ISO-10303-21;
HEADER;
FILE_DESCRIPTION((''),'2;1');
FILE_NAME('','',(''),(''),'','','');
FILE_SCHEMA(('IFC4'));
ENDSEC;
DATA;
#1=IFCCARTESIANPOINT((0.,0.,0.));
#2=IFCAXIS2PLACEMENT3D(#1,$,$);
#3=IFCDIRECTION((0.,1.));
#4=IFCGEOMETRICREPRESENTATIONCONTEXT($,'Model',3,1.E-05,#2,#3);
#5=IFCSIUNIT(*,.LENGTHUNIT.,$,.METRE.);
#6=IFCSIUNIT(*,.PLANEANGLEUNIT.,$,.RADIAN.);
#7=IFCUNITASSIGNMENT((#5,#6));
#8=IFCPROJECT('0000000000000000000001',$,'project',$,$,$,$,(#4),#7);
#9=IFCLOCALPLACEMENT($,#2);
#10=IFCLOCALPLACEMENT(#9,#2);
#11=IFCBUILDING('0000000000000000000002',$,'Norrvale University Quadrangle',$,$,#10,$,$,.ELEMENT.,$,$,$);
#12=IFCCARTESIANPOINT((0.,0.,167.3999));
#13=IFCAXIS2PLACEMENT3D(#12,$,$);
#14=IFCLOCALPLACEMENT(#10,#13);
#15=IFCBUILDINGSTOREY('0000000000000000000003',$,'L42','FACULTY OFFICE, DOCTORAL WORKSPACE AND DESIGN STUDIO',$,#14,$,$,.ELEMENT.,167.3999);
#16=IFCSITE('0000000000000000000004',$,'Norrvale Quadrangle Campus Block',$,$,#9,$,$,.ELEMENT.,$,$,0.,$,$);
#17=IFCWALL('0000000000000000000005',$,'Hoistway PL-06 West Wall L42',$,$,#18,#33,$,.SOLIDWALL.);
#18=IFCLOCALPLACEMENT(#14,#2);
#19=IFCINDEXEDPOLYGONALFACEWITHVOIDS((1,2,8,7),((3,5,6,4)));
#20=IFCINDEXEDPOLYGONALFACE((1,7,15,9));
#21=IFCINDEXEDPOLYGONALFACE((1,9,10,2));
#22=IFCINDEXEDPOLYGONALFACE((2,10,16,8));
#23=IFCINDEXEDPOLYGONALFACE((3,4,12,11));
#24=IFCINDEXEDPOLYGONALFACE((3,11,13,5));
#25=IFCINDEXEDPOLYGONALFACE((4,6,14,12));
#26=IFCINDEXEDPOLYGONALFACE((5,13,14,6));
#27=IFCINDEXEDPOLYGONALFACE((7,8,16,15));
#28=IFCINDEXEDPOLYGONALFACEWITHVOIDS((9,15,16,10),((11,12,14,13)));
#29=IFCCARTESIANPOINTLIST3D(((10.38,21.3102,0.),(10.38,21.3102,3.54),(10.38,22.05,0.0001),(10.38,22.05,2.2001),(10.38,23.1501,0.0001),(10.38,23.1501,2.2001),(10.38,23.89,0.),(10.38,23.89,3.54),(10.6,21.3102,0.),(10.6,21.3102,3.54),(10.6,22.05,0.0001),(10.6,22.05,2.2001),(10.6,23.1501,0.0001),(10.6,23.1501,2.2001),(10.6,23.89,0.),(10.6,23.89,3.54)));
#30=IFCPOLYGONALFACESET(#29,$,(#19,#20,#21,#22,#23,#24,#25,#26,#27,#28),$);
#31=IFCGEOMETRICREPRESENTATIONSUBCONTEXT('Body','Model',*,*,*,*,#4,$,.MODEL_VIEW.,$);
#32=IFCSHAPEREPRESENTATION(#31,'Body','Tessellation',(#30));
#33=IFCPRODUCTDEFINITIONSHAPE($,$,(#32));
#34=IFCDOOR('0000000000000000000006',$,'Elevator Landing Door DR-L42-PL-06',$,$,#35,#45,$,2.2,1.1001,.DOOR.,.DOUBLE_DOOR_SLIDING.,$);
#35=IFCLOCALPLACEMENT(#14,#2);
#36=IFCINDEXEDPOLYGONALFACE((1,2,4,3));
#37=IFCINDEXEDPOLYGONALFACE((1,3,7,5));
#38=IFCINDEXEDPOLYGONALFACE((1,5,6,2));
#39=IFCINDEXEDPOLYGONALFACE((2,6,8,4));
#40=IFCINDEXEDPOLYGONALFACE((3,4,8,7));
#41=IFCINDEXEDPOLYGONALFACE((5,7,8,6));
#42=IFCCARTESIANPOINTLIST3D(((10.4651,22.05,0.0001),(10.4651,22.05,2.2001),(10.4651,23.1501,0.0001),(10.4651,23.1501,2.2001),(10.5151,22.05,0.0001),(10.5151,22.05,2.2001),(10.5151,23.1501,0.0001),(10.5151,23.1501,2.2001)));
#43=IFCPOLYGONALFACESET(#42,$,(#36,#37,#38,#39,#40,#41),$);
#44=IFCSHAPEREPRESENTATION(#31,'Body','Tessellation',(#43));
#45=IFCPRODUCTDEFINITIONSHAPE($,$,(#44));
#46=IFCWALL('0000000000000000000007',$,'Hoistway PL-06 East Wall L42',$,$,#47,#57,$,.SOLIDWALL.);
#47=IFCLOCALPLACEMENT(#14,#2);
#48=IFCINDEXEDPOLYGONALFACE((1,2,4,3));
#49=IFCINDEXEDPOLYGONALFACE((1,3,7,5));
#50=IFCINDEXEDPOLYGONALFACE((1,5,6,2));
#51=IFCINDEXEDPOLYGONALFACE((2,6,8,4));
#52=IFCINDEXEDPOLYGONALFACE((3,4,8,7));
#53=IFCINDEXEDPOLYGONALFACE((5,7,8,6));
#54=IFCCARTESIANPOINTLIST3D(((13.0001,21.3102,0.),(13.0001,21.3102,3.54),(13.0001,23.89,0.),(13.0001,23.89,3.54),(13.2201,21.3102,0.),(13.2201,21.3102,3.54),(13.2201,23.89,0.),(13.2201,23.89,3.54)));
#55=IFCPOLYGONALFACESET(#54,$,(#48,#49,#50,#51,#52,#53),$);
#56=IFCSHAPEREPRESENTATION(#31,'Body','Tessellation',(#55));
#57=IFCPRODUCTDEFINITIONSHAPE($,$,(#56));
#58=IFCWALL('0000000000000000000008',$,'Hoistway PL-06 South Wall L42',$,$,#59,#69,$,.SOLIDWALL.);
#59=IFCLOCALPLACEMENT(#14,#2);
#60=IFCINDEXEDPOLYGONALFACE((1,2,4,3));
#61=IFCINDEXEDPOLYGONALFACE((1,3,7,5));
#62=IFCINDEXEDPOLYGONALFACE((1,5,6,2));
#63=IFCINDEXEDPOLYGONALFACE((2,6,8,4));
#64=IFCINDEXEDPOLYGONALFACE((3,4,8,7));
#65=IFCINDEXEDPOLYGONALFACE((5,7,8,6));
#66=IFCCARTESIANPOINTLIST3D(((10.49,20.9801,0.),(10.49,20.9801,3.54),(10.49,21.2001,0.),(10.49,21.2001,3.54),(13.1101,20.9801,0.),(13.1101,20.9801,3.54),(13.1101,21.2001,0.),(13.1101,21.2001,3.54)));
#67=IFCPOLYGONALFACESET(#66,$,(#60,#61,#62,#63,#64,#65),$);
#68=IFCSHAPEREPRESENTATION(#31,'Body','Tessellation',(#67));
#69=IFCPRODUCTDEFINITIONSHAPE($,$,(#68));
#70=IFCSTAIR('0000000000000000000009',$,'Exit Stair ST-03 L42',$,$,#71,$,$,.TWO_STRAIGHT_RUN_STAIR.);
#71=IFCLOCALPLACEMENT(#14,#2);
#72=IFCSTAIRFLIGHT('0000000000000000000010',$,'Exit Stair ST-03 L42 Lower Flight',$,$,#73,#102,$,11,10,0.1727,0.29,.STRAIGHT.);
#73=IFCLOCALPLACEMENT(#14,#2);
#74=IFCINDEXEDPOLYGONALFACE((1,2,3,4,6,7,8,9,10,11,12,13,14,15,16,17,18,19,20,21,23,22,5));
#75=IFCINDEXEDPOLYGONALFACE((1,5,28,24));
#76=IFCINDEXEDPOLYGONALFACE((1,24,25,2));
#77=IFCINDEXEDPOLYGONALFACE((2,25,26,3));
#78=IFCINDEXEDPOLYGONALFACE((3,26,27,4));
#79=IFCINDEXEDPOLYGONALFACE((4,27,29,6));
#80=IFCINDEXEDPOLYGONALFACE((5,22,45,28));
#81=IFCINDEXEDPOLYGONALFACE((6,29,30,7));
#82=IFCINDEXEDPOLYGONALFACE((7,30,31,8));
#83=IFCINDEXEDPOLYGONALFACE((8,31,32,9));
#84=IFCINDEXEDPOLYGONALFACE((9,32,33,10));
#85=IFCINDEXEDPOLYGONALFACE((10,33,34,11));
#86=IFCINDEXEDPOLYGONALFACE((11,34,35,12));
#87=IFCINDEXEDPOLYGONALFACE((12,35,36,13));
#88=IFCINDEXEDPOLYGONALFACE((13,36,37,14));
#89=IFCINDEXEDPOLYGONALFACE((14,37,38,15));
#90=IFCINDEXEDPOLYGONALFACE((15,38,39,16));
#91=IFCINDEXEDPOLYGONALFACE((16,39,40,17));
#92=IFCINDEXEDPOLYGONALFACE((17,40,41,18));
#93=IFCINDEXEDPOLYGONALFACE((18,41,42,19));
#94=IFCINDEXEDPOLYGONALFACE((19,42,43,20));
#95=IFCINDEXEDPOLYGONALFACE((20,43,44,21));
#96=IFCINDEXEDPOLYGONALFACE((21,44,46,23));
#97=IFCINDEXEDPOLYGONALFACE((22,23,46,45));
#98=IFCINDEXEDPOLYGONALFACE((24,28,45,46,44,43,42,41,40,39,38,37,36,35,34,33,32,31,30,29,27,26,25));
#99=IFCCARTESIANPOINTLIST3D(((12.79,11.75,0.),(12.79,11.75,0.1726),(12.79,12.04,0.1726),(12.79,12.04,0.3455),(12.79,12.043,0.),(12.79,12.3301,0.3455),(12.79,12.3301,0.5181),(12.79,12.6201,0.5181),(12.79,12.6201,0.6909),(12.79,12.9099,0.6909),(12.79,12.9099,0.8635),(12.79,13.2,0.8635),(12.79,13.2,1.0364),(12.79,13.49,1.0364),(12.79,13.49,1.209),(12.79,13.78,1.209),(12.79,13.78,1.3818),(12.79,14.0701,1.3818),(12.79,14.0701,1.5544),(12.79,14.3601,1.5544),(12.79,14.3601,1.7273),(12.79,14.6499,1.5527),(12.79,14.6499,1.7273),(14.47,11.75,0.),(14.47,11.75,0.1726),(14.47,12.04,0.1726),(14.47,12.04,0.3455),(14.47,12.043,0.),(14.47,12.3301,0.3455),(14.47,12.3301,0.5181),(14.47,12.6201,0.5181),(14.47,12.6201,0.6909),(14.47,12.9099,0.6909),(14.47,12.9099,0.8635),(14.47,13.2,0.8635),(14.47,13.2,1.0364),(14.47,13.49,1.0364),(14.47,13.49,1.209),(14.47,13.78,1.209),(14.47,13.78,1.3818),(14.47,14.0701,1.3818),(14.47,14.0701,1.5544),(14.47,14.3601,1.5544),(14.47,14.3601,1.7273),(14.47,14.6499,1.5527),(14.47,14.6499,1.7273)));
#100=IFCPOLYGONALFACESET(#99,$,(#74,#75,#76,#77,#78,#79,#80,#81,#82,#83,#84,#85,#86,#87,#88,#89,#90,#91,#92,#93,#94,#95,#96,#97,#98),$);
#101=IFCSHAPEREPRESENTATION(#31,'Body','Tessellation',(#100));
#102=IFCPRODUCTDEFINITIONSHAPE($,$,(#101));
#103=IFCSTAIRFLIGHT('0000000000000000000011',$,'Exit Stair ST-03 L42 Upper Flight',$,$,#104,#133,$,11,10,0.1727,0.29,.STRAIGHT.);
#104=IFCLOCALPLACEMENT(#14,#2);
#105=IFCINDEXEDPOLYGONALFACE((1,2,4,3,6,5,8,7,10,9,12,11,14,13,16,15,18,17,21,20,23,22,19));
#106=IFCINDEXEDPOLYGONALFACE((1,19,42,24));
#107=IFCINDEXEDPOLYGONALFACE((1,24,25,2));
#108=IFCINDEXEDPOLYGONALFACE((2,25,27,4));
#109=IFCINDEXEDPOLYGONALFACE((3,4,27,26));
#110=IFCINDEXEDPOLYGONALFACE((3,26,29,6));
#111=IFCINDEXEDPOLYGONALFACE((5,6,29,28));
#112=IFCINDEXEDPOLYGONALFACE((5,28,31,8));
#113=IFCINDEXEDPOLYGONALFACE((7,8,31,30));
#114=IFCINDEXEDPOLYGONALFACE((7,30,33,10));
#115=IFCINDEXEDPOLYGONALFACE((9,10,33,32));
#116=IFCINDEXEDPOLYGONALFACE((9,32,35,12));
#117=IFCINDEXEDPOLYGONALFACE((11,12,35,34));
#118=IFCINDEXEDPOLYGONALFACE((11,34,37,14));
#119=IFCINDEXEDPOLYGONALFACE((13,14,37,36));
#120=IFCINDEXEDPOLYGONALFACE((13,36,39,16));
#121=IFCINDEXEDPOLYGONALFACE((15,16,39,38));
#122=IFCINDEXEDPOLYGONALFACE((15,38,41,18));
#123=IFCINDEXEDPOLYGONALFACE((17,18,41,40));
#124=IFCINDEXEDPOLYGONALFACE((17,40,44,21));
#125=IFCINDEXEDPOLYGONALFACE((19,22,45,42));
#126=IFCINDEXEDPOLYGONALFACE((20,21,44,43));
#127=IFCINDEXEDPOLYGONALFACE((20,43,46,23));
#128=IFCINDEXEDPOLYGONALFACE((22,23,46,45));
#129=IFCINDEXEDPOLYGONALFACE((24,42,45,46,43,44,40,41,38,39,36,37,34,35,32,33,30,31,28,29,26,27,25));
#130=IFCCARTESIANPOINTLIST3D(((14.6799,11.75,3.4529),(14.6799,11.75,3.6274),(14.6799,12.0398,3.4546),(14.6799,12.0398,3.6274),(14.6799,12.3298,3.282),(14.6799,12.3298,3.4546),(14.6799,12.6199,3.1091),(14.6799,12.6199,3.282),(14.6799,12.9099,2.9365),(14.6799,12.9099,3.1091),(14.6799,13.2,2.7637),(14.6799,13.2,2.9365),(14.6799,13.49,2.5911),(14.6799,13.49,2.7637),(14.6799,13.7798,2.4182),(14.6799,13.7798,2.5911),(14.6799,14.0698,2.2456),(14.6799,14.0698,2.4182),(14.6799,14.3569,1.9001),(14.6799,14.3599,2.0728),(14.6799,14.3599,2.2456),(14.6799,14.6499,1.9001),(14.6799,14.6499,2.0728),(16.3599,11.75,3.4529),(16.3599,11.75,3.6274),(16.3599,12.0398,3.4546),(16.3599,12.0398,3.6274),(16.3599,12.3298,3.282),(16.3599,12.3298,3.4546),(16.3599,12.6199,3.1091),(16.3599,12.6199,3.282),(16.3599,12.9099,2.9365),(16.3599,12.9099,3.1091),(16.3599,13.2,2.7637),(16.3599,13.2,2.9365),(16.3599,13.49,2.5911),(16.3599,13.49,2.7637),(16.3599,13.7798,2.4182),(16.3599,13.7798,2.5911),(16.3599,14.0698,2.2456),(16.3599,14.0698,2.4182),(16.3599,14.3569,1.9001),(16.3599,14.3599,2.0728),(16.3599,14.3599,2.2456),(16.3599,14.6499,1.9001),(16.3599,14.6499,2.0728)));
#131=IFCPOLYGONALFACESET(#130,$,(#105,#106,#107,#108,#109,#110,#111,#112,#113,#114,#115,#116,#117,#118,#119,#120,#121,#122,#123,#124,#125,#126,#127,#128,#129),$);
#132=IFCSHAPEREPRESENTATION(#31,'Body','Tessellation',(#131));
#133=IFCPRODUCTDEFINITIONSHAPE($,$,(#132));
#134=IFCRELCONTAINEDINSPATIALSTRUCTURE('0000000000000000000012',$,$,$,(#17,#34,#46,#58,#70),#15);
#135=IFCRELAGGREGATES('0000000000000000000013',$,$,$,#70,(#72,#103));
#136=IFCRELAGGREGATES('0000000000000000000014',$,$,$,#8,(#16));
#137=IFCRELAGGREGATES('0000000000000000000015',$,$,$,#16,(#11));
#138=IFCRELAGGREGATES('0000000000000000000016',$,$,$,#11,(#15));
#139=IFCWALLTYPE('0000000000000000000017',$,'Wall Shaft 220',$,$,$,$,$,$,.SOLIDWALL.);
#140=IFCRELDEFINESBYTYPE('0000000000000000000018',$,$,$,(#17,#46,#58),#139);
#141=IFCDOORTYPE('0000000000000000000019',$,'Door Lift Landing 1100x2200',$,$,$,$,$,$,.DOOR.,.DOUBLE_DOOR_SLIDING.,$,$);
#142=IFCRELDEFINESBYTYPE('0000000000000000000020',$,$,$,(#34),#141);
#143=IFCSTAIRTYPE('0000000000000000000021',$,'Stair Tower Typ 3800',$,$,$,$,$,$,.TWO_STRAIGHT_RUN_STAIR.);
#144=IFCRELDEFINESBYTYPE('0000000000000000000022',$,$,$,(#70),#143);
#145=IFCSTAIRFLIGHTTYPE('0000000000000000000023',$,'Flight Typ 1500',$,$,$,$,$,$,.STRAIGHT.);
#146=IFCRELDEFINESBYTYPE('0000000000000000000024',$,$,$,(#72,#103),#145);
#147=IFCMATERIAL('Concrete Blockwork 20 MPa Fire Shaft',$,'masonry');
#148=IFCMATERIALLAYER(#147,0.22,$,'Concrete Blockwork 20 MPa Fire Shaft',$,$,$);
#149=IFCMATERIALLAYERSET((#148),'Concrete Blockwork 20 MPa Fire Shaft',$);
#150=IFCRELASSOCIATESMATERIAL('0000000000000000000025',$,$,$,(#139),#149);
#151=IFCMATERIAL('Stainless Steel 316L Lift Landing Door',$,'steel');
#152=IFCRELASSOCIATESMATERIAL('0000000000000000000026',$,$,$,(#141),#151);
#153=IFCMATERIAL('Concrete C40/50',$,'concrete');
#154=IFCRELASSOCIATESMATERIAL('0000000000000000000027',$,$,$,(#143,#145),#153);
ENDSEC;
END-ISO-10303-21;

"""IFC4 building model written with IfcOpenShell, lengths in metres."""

from ifc_helpers import new_model, si_unit, direction, frame, frame_2d, origin, place, context, subcontext, project, spatial, polyline, rectangle, outline, extrude, material, layer, layer_set, type_object, element, fill, aggregate, save


model = new_model("IFC4")

# Units and contexts
model_context = context("Model", 3, precision=1e-05, world=origin(), true_north=direction((0.0, 1.0)))
body_context = subcontext(model_context, "Body", "Model", "MODEL_VIEW")
ifc_project = project(units=[si_unit("LENGTHUNIT", "METRE"), si_unit("PLANEANGLEUNIT", "RADIAN")], contexts=[model_context])

# Site, building, storey
site_placement = place(None, origin())
site = spatial("IfcSite", under=ifc_project, at=site_placement, Name="Norrvale Quadrangle Campus Block", CompositionType="ELEMENT", RefElevation=0.0)
building_placement = place(site_placement, origin())
building = spatial("IfcBuilding", under=site, at=building_placement, Name="Norrvale University Quadrangle", CompositionType="ELEMENT")
storey_placement = place(building_placement, frame((0.0, 0.0, 167.3999)))
storey = spatial("IfcBuildingStorey", under=building, at=storey_placement, Name="L42", Description="FACULTY OFFICE, DOCTORAL WORKSPACE AND DESIGN STUDIO", CompositionType="ELEMENT", Elevation=167.3999)

# Shared definitions
ifc_material_1 = material(Name="Concrete Blockwork 20 MPa Fire Shaft", Category="masonry")
ifc_layer_1 = layer(ifc_material_1, 0.22, Name="Concrete Blockwork 20 MPa Fire Shaft")
ifc_layer_set_1 = layer_set([ifc_layer_1], Name="Concrete Blockwork 20 MPa Fire Shaft")
wall_type_1 = type_object("IfcWallType", Name="Wall Shaft 220", PredefinedType="SOLIDWALL", material=ifc_layer_set_1)

# Wall, opening, door
wall_1_placement = place(storey_placement, frame((10.49, 21.3101, 0.0), z_axis=(0.0, 0.0, 1.0), x_axis=(0.0, 1.0, 0.0)))
wall_1 = element("IfcWall", 1, at=wall_1_placement, inside=storey, type_object=wall_type_1, Name="Hoistway PL-06 West Wall L42", PredefinedType="SOLIDWALL", context=body_context, shape_type="SweptSolid", body=[
    extrude(rectangle(XDim=2.5798, YDim=0.22, at=frame_2d((1.29, 0.0))), origin(), (0.0, 0.0, 1.0), 3.54),
])
opening_1_placement = place(wall_1_placement, frame((0.74, 0.0, 0.0)))
opening_1 = element("IfcOpeningElement", 2, at=opening_1_placement, cuts=wall_1, PredefinedType="OPENING", context=body_context, shape_type="SweptSolid", body=[
    extrude(rectangle(XDim=1.1001, YDim=2.2, at=frame_2d((0.55, 1.1001))), frame((0.0, 0.1221, 0.0), z_axis=(0.0, -1.0, 0.0), x_axis=(1.0, 0.0, 0.0)), (0.0, 0.0, 1.0), 0.2439),
])
ifc_material_2 = material(Name="Stainless Steel 316L Lift Landing Door", Category="steel")
door_type_1 = type_object("IfcDoorType", Name="Door Lift Landing 1100x2200", OperationType="DOUBLE_DOOR_SLIDING", PredefinedType="DOOR", material=ifc_material_2)
door_1_placement = place(opening_1_placement, origin())
door_1 = element("IfcDoor", 3, at=door_1_placement, inside=storey, type_object=door_type_1, Name="Elevator Landing Door DR-L42-PL-06", OperationType="DOUBLE_DOOR_SLIDING", OverallHeight=2.2, OverallWidth=1.1001, PredefinedType="DOOR", context=body_context, shape_type="SweptSolid", body=[
    extrude(rectangle(XDim=1.1001, YDim=2.2, at=frame_2d((0.55, 1.1001))), frame((0.0, 0.0249, 0.0), z_axis=(0.0, -1.0, 0.0), x_axis=(1.0, 0.0, 0.0)), (0.0, 0.0, 1.0), 0.05),
])
fill(opening_1, door_1)

# Walls
wall_2_placement = place(storey_placement, frame((13.1101, 21.3101, 0.0), z_axis=(0.0, 0.0, 1.0), x_axis=(0.0, 1.0, 0.0)))
element("IfcWall", 4, at=wall_2_placement, inside=storey, type_object=wall_type_1, Name="Hoistway PL-06 East Wall L42", PredefinedType="SOLIDWALL", context=body_context, shape_type="SweptSolid", body=[
    extrude(rectangle(XDim=2.5798, YDim=0.22, at=frame_2d((1.29, 0.0))), origin(), (0.0, 0.0, 1.0), 3.54),
])
wall_3_placement = place(storey_placement, frame((10.49, 21.0901, 0.0), z_axis=(0.0, 0.0, 1.0), x_axis=(1.0, 0.0, 0.0)))
element("IfcWall", 5, at=wall_3_placement, inside=storey, type_object=wall_type_1, Name="Hoistway PL-06 South Wall L42", PredefinedType="SOLIDWALL", context=body_context, shape_type="SweptSolid", body=[
    extrude(rectangle(XDim=2.6201, YDim=0.22, at=frame_2d((1.3101, 0.0))), origin(), (0.0, 0.0, 1.0), 3.54),
])

# Stair, stair flights
ifc_material_3 = material(Name="Concrete C40/50", Category="concrete")
stair_type = type_object("IfcStairType", Name="Stair Tower Typ 3800", PredefinedType="TWO_STRAIGHT_RUN_STAIR", material=ifc_material_3)
stair_placement = place(storey_placement, origin())
stair = element("IfcStair", 6, at=stair_placement, inside=storey, type_object=stair_type, Name="Exit Stair ST-03 L42", PredefinedType="TWO_STRAIGHT_RUN_STAIR")
stair_flight_type = type_object("IfcStairFlightType", Name="Flight Typ 1500", PredefinedType="STRAIGHT", material=ifc_material_3)
stair_flight_1_placement = place(storey_placement, frame((13.6299, 11.75, 0.0), z_axis=(0.0, 0.0, 1.0), x_axis=(0.0, 1.0, 0.0)))
stair_flight_1 = element("IfcStairFlight", 7, at=stair_flight_1_placement, type_object=stair_flight_type, Name="Exit Stair ST-03 L42 Lower Flight", NumberOfRisers=11, NumberOfTreads=10, PredefinedType="STRAIGHT", RiserHeight=0.1727, TreadLength=0.29, context=body_context, shape_type="SweptSolid", body=[
    extrude(outline(polyline([(0.0, 0.0), (0.0, 0.1726), (0.29, 0.1726), (0.29, 0.3455), (0.5801, 0.3455), (0.5801, 0.5181), (0.8701, 0.5181), (0.8701, 0.6909), (1.1599, 0.6909), (1.1599, 0.8635), (1.45, 0.8635), (1.45, 1.0364), (1.74, 1.0364), (1.74, 1.209), (2.03, 1.209), (2.03, 1.3818), (2.3201, 1.3818), (2.3201, 1.5544), (2.6101, 1.5544), (2.6101, 1.7273), (2.8999, 1.7273), (2.8999, 1.8999), (2.8999, 1.5527), (0.293, 0.0), (0.0, 0.0)])), frame((0.0, 0.8398, 0.0), z_axis=(0.0, -1.0, 0.0), x_axis=(1.0, 0.0, 0.0)), (0.0, 0.0, 1.0), 1.6799),
])
stair_flight_2_placement = place(storey_placement, frame((15.52, 14.6499, 1.9001), z_axis=(0.0, 0.0, 1.0), x_axis=(0.0, -1.0, 0.0)))
stair_flight_2 = element("IfcStairFlight", 8, at=stair_flight_2_placement, type_object=stair_flight_type, Name="Exit Stair ST-03 L42 Upper Flight", NumberOfRisers=11, NumberOfTreads=10, PredefinedType="STRAIGHT", RiserHeight=0.1727, TreadLength=0.29, context=body_context, shape_type="SweptSolid", body=[
    extrude(outline(polyline([(0.0, 0.0), (0.0, 0.1726), (0.29, 0.1726), (0.29, 0.3455), (0.5801, 0.3455), (0.5801, 0.5181), (0.8701, 0.5181), (0.8701, 0.6909), (1.1599, 0.6909), (1.1599, 0.8635), (1.45, 0.8635), (1.45, 1.0364), (1.74, 1.0364), (1.74, 1.209), (2.03, 1.209), (2.03, 1.3818), (2.3201, 1.3818), (2.3201, 1.5544), (2.6101, 1.5544), (2.6101, 1.7273), (2.8999, 1.7273), (2.8999, 1.8999), (2.8999, 1.5527), (0.293, 0.0), (0.0, 0.0)])), frame((0.0, 0.8398, 0.0), z_axis=(0.0, -1.0, 0.0), x_axis=(1.0, 0.0, 0.0)), (0.0, 0.0, 1.0), 1.6799),
])
aggregate(stair, [stair_flight_1, stair_flight_2])

save(model, "model.ifc")
